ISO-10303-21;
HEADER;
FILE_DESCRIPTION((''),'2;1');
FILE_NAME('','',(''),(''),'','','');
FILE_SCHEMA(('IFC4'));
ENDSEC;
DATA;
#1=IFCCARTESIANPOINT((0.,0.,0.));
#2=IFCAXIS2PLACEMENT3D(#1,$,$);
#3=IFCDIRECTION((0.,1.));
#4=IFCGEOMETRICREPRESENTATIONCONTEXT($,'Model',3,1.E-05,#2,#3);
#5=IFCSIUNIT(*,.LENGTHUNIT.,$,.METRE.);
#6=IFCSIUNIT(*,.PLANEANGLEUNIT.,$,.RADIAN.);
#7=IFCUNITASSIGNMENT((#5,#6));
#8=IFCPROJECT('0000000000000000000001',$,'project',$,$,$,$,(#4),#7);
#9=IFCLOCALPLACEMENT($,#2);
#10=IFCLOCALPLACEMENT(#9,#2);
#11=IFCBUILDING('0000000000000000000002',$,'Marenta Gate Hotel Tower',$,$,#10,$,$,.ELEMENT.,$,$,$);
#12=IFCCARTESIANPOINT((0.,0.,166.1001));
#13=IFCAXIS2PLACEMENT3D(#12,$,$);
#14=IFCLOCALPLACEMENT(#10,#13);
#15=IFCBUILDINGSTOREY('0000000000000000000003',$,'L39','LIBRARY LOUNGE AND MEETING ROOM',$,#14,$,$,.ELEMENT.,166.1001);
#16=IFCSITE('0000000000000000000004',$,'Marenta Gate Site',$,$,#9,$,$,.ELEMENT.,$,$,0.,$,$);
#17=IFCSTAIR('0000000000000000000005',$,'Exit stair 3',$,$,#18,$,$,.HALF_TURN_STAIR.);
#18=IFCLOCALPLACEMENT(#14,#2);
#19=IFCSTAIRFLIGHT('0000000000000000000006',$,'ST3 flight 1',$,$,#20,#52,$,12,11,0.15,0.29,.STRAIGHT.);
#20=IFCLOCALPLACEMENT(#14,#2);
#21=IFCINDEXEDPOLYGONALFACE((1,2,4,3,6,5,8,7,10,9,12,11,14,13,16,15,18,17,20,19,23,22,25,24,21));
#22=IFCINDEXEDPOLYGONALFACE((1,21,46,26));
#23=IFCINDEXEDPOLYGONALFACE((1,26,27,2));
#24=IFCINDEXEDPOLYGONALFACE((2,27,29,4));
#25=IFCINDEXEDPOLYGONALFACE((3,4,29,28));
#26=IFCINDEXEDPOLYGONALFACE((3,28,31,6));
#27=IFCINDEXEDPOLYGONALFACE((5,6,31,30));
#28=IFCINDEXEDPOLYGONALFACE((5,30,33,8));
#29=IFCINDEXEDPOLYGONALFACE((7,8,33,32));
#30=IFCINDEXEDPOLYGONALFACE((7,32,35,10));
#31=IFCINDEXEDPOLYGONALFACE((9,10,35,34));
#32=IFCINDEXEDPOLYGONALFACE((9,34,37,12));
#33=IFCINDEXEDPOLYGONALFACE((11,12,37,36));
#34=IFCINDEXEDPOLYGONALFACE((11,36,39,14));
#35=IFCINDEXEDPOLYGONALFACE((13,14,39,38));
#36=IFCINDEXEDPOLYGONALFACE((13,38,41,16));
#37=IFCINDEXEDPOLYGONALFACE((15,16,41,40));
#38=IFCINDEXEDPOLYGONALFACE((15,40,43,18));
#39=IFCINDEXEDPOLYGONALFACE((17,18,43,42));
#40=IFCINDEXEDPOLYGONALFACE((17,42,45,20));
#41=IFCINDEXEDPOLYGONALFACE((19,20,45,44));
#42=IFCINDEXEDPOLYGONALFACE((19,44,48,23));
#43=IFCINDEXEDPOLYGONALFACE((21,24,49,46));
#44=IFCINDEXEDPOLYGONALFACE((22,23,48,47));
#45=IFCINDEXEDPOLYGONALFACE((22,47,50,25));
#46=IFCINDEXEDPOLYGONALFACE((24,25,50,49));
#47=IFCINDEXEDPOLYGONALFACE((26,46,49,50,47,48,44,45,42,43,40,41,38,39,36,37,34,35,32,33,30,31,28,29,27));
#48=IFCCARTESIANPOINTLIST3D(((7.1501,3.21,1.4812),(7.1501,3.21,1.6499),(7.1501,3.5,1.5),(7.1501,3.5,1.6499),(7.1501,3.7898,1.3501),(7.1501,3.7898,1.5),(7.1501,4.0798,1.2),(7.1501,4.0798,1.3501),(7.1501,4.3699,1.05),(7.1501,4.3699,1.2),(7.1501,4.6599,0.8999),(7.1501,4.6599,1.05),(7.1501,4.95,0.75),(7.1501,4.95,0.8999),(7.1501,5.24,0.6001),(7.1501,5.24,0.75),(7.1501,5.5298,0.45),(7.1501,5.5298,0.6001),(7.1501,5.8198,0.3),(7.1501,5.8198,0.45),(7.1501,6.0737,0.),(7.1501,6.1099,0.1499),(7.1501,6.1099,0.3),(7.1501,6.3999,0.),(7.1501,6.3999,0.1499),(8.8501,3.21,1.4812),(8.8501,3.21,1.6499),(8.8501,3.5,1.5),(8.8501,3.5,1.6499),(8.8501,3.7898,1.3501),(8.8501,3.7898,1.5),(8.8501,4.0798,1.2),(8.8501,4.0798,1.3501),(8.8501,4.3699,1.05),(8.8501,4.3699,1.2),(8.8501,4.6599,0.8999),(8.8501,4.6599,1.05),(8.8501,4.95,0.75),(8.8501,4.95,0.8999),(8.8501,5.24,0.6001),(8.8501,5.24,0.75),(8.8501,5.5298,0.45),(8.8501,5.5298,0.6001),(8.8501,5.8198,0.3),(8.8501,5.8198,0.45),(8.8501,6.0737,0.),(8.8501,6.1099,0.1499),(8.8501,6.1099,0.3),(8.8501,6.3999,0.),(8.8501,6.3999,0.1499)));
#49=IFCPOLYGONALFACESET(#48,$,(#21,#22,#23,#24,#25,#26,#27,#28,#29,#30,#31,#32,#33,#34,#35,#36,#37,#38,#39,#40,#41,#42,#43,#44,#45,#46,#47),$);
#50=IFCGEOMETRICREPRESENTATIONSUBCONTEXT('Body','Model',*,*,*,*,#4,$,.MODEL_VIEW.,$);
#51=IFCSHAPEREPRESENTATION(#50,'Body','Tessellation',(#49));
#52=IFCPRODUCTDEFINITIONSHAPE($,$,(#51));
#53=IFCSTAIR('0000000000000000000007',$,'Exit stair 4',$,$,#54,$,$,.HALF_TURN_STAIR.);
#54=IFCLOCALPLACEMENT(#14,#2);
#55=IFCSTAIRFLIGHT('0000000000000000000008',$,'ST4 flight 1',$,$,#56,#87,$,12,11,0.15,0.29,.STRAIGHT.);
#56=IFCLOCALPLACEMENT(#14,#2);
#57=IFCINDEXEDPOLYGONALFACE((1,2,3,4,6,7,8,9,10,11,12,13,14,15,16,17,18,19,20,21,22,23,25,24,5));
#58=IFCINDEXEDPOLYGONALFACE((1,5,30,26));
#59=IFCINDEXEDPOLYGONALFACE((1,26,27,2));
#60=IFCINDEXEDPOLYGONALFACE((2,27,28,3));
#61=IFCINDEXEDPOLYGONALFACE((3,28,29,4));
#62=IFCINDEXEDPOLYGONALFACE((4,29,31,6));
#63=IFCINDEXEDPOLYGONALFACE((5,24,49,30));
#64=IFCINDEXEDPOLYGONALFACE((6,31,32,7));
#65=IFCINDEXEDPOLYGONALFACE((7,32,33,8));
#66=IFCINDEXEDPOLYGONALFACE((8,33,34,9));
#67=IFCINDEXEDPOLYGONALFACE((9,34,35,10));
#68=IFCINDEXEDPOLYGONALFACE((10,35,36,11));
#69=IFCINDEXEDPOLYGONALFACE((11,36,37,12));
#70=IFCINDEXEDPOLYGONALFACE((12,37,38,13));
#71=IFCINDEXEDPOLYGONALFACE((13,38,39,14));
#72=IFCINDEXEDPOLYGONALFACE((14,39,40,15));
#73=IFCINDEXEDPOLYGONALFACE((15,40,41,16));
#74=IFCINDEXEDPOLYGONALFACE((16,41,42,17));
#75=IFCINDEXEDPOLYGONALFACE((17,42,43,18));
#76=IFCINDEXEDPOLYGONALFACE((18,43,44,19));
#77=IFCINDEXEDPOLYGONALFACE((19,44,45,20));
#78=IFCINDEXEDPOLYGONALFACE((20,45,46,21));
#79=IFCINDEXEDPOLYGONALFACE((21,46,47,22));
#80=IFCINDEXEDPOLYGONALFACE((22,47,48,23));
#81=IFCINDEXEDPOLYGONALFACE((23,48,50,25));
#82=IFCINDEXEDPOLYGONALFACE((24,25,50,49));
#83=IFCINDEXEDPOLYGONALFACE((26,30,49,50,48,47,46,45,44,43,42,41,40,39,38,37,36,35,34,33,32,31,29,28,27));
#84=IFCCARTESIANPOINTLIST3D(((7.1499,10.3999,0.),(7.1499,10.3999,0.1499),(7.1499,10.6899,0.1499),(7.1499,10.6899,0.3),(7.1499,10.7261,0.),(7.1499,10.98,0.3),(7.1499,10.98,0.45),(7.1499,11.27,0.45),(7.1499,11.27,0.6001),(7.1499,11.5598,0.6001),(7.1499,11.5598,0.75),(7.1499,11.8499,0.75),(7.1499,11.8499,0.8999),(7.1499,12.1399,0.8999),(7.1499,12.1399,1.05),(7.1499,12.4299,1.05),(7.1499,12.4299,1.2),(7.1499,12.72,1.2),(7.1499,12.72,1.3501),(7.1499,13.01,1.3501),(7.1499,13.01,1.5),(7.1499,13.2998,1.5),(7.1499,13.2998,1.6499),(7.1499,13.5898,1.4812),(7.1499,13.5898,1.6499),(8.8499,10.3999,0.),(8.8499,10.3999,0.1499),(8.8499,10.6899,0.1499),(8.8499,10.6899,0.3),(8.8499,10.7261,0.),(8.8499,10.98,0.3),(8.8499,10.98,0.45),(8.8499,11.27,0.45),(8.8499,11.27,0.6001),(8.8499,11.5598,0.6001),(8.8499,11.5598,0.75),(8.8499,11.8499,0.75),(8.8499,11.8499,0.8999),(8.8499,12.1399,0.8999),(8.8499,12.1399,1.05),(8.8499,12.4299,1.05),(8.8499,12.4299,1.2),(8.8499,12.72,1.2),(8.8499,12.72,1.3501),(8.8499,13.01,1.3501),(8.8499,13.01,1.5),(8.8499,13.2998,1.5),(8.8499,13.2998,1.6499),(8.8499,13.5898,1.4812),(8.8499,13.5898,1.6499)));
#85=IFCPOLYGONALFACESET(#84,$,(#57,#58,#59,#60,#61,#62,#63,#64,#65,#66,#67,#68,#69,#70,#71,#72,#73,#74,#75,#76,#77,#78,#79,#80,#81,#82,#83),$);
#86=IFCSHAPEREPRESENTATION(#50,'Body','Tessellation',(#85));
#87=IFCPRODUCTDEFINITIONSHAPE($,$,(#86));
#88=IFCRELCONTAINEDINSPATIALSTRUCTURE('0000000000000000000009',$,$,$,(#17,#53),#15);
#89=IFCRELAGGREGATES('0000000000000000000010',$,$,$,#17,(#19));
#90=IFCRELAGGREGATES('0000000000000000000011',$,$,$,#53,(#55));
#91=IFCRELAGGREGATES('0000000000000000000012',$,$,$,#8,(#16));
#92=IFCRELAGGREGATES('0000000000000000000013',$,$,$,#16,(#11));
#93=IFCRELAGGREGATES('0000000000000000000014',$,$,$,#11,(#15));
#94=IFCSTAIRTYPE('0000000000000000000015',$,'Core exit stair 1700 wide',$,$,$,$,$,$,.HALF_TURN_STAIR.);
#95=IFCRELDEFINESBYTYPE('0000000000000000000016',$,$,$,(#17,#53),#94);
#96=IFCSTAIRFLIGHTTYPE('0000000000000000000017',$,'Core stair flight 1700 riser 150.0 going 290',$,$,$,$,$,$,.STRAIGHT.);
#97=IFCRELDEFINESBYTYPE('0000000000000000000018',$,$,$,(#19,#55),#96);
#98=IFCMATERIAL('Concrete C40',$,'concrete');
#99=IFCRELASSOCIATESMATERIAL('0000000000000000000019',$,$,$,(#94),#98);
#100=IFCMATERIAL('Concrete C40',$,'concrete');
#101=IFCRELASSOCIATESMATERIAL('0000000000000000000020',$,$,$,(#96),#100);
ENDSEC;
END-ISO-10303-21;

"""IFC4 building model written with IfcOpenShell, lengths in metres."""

from ifc_helpers import new_model, si_unit, direction, frame, origin, place, context, subcontext, project, spatial, polyline, outline, extrude, material, type_object, element, aggregate, save


model = new_model("IFC4")

# Units and contexts
model_context = context("Model", 3, precision=1e-05, world=origin(), true_north=direction((0.0, 1.0)))
body_context = subcontext(model_context, "Body", "Model", "MODEL_VIEW")
ifc_project = project(units=[si_unit("LENGTHUNIT", "METRE"), si_unit("PLANEANGLEUNIT", "RADIAN")], contexts=[model_context])

# Site, building, storey
site_placement = place(None, origin())
site = spatial("IfcSite", under=ifc_project, at=site_placement, Name="Marenta Gate Site", CompositionType="ELEMENT", RefElevation=0.0)
building_placement = place(site_placement, origin())
building = spatial("IfcBuilding", under=site, at=building_placement, Name="Marenta Gate Hotel Tower", CompositionType="ELEMENT")
storey_placement = place(building_placement, frame((0.0, 0.0, 166.1001)))
storey = spatial("IfcBuildingStorey", under=building, at=storey_placement, Name="L39", Description="LIBRARY LOUNGE AND MEETING ROOM", CompositionType="ELEMENT", Elevation=166.1001)

# Stairs, stair flights
ifc_material_1 = material(Name="Concrete C40", Category="concrete")
stair_type = type_object("IfcStairType", Name="Core exit stair 1700 wide", PredefinedType="HALF_TURN_STAIR", material=ifc_material_1)
stair_1_placement = place(storey_placement, origin())
stair_1 = element("IfcStair", 1, at=stair_1_placement, inside=storey, type_object=stair_type, Name="Exit stair 3", PredefinedType="HALF_TURN_STAIR")
ifc_material_2 = material(Name="Concrete C40", Category="concrete")
stair_flight_type = type_object("IfcStairFlightType", Name="Core stair flight 1700 riser 150.0 going 290", PredefinedType="STRAIGHT", material=ifc_material_2)
stair_flight_1_placement = place(storey_placement, frame((8.0, 6.3999, 0.0), z_axis=(0.0, 0.0, 1.0), x_axis=(0.0, -1.0, 0.0)))
stair_flight_1 = element("IfcStairFlight", 2, at=stair_flight_1_placement, type_object=stair_flight_type, Name="ST3 flight 1", NumberOfRisers=12, NumberOfTreads=11, PredefinedType="STRAIGHT", RiserHeight=0.15, TreadLength=0.29, context=body_context, shape_type="SweptSolid", body=[
    extrude(outline(polyline([(0.0, 0.0), (0.0, 0.1499), (0.29, 0.1499), (0.29, 0.3), (0.5801, 0.3), (0.5801, 0.45), (0.8701, 0.45), (0.8701, 0.6001), (1.1599, 0.6001), (1.1599, 0.75), (1.45, 0.75), (1.45, 0.8999), (1.74, 0.8999), (1.74, 1.05), (2.03, 1.05), (2.03, 1.2), (2.3201, 1.2), (2.3201, 1.3501), (2.6101, 1.3501), (2.6101, 1.5), (2.8999, 1.5), (2.8999, 1.6499), (3.1899, 1.6499), (3.1899, 1.8), (3.1899, 1.4812), (0.3262, 0.0), (0.0, 0.0)])), frame((0.0, 0.8501, 0.0), z_axis=(0.0, -1.0, 0.0), x_axis=(1.0, 0.0, 0.0)), (0.0, 0.0, 1.0), 1.7),
])
aggregate(stair_1, [stair_flight_1])
stair_2_placement = place(storey_placement, origin())
stair_2 = element("IfcStair", 3, at=stair_2_placement, inside=storey, type_object=stair_type, Name="Exit stair 4", PredefinedType="HALF_TURN_STAIR")
stair_flight_2_placement = place(storey_placement, frame((8.0, 10.3999, 0.0), z_axis=(0.0, 0.0, 1.0), x_axis=(0.0, 1.0, 0.0)))
stair_flight_2 = element("IfcStairFlight", 4, at=stair_flight_2_placement, type_object=stair_flight_type, Name="ST4 flight 1", NumberOfRisers=12, NumberOfTreads=11, PredefinedType="STRAIGHT", RiserHeight=0.15, TreadLength=0.29, context=body_context, shape_type="SweptSolid", body=[
    extrude(outline(polyline([(0.0, 0.0), (0.0, 0.1499), (0.29, 0.1499), (0.29, 0.3), (0.5801, 0.3), (0.5801, 0.45), (0.8701, 0.45), (0.8701, 0.6001), (1.1599, 0.6001), (1.1599, 0.75), (1.45, 0.75), (1.45, 0.8999), (1.74, 0.8999), (1.74, 1.05), (2.03, 1.05), (2.03, 1.2), (2.3201, 1.2), (2.3201, 1.3501), (2.6101, 1.3501), (2.6101, 1.5), (2.8999, 1.5), (2.8999, 1.6499), (3.1899, 1.6499), (3.1899, 1.8), (3.1899, 1.4812), (0.3262, 0.0), (0.0, 0.0)])), frame((0.0, 0.8501, 0.0), z_axis=(0.0, -1.0, 0.0), x_axis=(1.0, 0.0, 0.0)), (0.0, 0.0, 1.0), 1.7),
])
aggregate(stair_2, [stair_flight_2])

save(model, "model.ifc")
